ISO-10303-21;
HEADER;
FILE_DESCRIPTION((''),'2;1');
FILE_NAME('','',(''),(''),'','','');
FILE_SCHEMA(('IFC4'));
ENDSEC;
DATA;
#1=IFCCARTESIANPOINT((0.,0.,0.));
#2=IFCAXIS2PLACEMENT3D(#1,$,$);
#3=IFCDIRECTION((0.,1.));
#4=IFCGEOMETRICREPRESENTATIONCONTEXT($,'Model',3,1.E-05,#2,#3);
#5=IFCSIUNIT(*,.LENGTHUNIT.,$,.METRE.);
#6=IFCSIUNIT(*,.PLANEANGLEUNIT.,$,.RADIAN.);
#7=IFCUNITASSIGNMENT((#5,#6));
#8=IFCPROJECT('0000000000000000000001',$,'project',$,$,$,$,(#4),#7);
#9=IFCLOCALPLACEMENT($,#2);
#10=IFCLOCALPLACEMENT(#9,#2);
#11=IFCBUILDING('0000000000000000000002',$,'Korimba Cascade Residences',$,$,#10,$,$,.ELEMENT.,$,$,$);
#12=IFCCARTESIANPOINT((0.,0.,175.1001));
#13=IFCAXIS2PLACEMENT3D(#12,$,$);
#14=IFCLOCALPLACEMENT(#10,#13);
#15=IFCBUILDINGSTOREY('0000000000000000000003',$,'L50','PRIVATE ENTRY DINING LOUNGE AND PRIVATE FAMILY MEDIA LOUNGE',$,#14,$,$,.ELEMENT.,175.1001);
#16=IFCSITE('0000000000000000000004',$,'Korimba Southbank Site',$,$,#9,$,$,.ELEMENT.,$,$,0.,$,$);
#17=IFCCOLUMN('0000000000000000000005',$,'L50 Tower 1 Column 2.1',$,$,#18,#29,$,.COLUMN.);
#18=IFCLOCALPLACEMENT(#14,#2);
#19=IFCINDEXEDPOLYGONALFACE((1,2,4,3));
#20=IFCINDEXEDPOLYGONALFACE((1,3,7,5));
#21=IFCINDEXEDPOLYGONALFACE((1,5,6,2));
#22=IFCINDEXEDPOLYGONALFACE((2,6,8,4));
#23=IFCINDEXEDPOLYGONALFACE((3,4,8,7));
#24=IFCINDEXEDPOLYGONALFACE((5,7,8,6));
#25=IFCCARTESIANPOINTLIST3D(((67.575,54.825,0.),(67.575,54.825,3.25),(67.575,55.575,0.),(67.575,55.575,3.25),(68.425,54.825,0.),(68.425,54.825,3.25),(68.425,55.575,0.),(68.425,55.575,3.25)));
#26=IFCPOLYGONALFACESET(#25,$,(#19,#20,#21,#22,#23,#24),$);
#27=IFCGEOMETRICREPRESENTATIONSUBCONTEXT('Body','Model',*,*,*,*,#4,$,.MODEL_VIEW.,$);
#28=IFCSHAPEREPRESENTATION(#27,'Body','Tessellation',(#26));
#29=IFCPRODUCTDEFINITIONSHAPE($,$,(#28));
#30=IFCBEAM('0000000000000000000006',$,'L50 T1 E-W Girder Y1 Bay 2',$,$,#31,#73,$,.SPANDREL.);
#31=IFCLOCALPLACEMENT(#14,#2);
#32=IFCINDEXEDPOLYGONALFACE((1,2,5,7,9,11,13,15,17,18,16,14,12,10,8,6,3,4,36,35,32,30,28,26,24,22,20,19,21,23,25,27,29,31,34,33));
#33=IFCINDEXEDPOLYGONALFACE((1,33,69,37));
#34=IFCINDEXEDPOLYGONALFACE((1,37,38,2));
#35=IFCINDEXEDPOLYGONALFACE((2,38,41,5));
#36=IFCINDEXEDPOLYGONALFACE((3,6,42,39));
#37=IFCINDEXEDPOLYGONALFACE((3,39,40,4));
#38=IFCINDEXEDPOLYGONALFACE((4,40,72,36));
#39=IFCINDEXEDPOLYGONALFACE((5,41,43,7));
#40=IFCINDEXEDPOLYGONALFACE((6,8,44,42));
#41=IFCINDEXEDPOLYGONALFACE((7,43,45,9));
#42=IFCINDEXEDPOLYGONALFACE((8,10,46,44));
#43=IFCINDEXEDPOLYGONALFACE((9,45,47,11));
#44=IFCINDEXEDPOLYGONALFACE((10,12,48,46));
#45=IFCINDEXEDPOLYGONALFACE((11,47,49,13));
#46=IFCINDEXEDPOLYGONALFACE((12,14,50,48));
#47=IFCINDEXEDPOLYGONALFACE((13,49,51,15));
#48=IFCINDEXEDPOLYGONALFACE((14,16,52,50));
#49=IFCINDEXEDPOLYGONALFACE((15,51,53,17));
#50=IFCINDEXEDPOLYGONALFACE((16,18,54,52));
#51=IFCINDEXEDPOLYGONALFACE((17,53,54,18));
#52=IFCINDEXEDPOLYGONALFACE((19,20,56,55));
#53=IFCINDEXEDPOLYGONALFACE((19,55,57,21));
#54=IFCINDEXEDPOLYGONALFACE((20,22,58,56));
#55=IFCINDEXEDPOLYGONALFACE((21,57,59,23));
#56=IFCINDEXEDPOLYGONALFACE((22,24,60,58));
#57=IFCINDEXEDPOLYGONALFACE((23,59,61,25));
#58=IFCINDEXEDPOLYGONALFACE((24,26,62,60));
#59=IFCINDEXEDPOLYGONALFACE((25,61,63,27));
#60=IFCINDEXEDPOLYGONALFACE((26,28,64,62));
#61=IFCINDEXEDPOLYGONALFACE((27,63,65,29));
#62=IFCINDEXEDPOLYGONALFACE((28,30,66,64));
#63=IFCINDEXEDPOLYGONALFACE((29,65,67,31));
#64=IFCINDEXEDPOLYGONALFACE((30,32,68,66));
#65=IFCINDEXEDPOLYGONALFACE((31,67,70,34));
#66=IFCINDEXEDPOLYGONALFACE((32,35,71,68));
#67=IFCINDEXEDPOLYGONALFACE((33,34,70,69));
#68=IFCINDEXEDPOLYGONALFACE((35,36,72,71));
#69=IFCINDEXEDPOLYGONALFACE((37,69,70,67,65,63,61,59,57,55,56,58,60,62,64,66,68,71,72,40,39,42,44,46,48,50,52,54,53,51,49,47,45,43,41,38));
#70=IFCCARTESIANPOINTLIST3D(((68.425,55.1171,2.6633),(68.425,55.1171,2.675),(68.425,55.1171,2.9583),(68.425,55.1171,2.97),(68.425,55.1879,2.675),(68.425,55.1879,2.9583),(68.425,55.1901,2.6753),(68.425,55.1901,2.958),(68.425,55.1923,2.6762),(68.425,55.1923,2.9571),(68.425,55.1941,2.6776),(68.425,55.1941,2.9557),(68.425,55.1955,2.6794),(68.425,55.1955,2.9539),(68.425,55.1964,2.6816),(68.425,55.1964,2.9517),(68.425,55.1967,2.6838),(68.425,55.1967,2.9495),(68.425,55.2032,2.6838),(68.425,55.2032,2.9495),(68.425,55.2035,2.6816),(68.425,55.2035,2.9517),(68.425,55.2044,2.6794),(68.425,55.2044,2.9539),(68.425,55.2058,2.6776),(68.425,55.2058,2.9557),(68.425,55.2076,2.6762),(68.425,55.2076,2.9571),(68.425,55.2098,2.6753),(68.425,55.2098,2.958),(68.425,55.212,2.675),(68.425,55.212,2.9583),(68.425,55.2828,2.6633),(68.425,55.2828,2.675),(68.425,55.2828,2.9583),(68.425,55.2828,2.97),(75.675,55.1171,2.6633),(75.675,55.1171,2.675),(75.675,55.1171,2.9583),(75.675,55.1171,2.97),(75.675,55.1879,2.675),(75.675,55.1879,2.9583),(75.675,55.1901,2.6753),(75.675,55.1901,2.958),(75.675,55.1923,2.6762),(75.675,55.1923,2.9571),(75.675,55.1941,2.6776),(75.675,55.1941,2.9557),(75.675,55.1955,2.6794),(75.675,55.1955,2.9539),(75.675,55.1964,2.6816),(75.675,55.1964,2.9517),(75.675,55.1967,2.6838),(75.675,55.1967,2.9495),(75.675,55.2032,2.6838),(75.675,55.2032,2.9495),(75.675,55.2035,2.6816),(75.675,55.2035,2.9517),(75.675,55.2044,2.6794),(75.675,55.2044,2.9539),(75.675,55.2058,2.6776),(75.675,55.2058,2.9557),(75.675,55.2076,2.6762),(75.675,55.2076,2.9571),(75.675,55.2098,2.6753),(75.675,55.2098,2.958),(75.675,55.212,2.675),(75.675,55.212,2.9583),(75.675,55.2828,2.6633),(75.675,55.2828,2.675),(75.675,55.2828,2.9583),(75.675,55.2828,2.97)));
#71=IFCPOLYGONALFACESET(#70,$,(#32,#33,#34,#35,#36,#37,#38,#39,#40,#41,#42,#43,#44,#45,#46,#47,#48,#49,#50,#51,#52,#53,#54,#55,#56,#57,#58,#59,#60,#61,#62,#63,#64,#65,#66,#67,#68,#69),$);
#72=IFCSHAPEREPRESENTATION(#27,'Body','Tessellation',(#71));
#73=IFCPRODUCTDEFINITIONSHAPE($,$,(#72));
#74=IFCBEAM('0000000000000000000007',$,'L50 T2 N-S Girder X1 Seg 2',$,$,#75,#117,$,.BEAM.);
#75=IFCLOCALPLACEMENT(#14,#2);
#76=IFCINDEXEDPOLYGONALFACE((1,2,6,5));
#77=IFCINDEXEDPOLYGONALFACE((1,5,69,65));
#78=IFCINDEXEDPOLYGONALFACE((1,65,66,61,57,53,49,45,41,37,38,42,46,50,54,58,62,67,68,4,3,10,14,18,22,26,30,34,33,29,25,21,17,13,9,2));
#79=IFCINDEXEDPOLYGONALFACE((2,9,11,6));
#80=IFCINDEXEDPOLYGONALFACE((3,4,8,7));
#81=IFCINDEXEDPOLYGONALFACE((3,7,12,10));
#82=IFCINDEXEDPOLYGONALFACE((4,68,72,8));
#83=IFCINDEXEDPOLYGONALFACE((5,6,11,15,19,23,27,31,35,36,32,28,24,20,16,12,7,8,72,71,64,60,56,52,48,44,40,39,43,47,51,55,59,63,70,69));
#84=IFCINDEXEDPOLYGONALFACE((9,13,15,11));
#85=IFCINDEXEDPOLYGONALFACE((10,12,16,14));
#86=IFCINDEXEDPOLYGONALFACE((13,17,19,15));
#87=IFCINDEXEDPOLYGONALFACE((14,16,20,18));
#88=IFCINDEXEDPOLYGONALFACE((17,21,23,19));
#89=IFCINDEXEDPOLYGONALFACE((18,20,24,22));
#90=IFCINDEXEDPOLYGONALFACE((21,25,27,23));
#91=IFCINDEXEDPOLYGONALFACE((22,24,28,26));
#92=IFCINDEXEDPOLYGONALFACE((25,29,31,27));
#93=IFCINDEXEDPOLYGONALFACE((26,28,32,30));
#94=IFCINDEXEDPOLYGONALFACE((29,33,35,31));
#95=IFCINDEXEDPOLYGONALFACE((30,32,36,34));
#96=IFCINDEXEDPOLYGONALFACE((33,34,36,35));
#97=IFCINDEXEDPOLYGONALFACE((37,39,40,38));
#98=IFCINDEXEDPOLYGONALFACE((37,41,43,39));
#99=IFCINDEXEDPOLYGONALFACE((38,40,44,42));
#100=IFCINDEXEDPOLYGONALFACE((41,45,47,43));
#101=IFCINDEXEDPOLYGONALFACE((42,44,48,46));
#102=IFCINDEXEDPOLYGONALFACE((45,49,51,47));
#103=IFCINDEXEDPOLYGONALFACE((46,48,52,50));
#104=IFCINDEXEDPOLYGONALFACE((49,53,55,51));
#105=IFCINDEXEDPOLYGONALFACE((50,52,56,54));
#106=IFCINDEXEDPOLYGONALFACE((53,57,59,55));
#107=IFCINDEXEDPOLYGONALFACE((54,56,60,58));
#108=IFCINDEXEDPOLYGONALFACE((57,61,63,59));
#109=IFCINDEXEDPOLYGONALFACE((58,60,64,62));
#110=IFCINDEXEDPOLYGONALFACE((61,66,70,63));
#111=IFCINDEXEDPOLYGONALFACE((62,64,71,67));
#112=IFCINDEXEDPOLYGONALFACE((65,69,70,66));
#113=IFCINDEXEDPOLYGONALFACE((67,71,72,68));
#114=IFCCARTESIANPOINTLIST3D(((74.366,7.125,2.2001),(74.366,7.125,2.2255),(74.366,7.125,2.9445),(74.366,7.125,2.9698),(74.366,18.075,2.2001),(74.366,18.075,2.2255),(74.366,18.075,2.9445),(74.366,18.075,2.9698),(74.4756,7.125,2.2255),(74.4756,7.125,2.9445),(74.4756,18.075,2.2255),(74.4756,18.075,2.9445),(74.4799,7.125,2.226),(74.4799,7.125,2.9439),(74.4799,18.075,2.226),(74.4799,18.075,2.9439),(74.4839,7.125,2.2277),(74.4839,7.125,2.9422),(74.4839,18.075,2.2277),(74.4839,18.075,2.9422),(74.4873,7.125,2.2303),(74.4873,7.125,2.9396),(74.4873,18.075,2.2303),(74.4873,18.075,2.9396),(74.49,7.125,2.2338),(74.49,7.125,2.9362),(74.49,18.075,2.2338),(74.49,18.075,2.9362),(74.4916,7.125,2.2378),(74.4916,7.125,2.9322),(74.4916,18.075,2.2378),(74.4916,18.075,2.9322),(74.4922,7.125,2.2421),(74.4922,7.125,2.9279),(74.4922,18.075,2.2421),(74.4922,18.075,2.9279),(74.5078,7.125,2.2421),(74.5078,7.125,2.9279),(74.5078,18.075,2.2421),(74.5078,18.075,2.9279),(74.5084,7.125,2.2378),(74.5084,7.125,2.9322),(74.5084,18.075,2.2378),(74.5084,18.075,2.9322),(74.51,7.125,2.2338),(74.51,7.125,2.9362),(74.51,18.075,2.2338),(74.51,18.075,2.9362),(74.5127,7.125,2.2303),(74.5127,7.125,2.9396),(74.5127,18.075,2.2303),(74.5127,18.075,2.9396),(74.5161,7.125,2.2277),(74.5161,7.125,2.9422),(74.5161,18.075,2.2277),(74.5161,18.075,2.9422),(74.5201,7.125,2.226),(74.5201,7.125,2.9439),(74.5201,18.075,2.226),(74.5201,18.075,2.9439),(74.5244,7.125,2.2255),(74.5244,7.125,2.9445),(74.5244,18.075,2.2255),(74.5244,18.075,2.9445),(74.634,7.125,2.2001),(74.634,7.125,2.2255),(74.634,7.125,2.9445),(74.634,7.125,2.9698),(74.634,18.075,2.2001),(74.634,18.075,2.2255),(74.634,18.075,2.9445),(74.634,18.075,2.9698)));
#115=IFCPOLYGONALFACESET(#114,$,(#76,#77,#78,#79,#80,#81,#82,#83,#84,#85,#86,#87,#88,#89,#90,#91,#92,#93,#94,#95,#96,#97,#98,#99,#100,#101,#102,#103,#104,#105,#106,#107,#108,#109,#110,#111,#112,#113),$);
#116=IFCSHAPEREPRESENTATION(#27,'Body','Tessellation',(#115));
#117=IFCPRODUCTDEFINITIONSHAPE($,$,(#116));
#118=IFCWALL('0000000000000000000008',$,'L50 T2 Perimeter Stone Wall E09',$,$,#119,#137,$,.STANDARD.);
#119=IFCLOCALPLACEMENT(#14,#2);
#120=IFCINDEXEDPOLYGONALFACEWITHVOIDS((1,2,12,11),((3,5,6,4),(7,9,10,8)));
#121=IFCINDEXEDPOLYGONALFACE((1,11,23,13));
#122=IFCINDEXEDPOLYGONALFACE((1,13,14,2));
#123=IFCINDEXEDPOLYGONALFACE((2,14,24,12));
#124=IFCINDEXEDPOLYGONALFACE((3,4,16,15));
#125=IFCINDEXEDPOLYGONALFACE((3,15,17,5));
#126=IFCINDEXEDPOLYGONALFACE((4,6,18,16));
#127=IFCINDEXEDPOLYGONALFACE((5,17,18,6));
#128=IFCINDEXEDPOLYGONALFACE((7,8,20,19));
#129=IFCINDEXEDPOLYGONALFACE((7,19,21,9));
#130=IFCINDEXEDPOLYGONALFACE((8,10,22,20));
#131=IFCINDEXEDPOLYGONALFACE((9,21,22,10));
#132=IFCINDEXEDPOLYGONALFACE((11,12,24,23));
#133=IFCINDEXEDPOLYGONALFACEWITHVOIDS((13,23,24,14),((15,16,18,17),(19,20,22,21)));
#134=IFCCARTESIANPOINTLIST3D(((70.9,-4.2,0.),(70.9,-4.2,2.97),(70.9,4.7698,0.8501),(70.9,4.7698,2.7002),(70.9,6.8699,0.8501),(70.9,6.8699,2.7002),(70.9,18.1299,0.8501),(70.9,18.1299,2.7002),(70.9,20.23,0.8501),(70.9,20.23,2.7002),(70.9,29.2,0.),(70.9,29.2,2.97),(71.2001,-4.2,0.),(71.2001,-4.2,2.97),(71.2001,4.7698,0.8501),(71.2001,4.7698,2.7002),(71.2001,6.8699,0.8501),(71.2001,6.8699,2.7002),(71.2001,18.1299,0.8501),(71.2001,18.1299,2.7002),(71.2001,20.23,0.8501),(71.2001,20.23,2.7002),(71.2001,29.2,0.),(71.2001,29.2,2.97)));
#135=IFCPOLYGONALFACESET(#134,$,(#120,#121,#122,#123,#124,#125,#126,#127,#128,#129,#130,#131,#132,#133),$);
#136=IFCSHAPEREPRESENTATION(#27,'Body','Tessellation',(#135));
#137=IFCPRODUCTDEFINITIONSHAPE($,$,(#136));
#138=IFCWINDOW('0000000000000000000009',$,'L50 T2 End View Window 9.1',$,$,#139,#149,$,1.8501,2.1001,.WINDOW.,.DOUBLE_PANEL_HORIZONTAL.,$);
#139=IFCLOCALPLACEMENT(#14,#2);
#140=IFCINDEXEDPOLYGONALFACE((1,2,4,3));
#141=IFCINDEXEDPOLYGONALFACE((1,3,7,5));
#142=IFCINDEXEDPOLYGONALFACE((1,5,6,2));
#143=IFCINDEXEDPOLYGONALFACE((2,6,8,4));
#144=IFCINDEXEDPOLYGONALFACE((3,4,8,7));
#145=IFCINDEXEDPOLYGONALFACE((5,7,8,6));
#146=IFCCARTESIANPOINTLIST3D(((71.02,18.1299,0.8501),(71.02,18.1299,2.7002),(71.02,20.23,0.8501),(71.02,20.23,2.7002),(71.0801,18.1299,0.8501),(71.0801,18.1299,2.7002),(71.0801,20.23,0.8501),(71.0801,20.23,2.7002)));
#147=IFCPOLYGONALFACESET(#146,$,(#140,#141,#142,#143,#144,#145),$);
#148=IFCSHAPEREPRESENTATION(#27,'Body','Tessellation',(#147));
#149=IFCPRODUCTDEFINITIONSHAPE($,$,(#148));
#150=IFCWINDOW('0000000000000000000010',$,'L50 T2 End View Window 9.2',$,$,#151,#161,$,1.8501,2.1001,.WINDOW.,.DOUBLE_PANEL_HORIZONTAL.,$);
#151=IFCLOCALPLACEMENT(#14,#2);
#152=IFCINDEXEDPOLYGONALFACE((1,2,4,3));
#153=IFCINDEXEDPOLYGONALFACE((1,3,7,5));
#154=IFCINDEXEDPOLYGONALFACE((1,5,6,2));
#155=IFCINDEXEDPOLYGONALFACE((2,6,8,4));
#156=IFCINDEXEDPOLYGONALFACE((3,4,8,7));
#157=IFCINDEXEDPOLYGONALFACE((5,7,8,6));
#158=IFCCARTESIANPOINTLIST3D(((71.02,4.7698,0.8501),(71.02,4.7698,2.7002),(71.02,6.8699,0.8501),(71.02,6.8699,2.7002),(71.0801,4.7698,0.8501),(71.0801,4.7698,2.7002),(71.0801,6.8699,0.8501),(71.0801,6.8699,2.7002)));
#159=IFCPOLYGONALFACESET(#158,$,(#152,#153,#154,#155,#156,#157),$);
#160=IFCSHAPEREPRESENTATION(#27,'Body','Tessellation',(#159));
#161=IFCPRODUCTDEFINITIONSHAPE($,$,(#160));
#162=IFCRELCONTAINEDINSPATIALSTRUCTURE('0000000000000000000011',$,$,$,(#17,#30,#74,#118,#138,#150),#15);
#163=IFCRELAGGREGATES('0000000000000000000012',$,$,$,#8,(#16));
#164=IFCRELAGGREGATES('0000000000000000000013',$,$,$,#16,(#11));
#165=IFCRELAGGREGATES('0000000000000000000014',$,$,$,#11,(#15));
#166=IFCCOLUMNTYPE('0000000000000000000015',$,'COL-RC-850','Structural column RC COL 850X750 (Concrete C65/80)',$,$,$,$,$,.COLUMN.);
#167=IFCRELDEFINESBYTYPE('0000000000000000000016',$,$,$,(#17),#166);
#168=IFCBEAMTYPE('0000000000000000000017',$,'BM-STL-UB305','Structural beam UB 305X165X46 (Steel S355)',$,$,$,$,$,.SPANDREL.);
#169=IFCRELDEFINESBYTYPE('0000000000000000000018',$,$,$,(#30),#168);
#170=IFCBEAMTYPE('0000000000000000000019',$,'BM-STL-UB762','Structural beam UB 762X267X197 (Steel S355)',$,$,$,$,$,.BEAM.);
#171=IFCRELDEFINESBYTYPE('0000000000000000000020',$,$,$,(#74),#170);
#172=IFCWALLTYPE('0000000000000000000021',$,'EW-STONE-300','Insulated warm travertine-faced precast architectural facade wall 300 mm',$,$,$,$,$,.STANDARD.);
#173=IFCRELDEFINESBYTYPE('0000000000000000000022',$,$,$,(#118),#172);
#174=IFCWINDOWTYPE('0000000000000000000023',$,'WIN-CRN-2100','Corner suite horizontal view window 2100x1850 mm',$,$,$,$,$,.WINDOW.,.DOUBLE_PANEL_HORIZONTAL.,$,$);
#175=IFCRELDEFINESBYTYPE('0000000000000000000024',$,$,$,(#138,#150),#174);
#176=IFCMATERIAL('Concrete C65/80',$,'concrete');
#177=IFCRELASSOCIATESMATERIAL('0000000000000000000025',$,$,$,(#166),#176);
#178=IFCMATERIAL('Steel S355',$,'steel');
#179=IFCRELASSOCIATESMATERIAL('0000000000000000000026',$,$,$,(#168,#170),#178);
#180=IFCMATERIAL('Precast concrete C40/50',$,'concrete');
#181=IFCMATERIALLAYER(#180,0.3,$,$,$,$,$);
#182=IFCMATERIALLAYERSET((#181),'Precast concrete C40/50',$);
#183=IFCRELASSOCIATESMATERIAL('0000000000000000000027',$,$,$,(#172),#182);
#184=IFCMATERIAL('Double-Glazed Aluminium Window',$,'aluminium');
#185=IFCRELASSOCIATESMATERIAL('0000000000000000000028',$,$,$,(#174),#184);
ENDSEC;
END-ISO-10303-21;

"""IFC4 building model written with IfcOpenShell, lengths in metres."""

from ifc_helpers import new_model, si_unit, direction, frame, frame_2d, origin, origin_2d, place, context, subcontext, project, spatial, rectangle, i_section, extrude, material, layer, layer_set, material_profile, profile_set, type_object, element, fill, save


model = new_model("IFC4")

# Units and contexts
model_context = context("Model", 3, precision=1e-05, world=origin(), true_north=direction((0.0, 1.0)))
body_context = subcontext(model_context, "Body", "Model", "MODEL_VIEW")
ifc_project = project(units=[si_unit("LENGTHUNIT", "METRE"), si_unit("PLANEANGLEUNIT", "RADIAN")], contexts=[model_context])

# Site, building, storey
site_placement = place(None, origin())
site = spatial("IfcSite", under=ifc_project, at=site_placement, Name="Korimba Southbank Site", CompositionType="ELEMENT", RefElevation=0.0)
building_placement = place(site_placement, origin())
building = spatial("IfcBuilding", under=site, at=building_placement, Name="Korimba Cascade Residences", CompositionType="ELEMENT")
storey_placement = place(building_placement, frame((0.0, 0.0, 175.1001)))
storey = spatial("IfcBuildingStorey", under=building, at=storey_placement, Name="L50", Description="PRIVATE ENTRY DINING LOUNGE AND PRIVATE FAMILY MEDIA LOUNGE", CompositionType="ELEMENT", Elevation=175.1001)

# Column
ifc_material_1 = material(Name="Concrete C65/80", Category="concrete")
ifc_material_profile_1 = material_profile(ifc_material_1, rectangle(XDim=0.8501, YDim=0.75, at=origin_2d()), Name="Concrete C65/80")
ifc_profile_set_1 = profile_set([ifc_material_profile_1], Name="Concrete C65/80")
column_type = type_object("IfcColumnType", Name="COL-RC-850", Description="Structural column RC COL 850X750 (Concrete C65/80)", PredefinedType="COLUMN", material=ifc_profile_set_1)
column_placement = place(storey_placement, frame((68.0, 55.2, 0.0), z_axis=(0.0, 0.0, 1.0), x_axis=(1.0, 0.0, 0.0)))
element("IfcColumn", 1, at=column_placement, inside=storey, type_object=column_type, Name="L50 Tower 1 Column 2.1", PredefinedType="COLUMN", context=body_context, shape_type="SweptSolid", body=[
    extrude(rectangle(XDim=0.8501, YDim=0.75, at=origin_2d()), origin(), (0.0, 0.0, 1.0), 3.25),
])

# Beams
ifc_material_2 = material(Name="Steel S355", Category="steel")
ifc_material_profile_2 = material_profile(ifc_material_2, i_section(OverallWidth=0.1658, OverallDepth=0.3066, WebThickness=0.0066, FlangeThickness=0.0117, FilletRadius=0.0088, at=origin_2d()), Name="Steel S355")
ifc_profile_set_2 = profile_set([ifc_material_profile_2], Name="Steel S355")
beam_type_1 = type_object("IfcBeamType", Name="BM-STL-UB305", Description="Structural beam UB 305X165X46 (Steel S355)", PredefinedType="SPANDREL", material=ifc_profile_set_2)
beam_1_placement = place(storey_placement, frame((68.425, 55.2, 2.8167), z_axis=(1.0, 0.0, 0.0), x_axis=(0.0, 1.0, 0.0)))
element("IfcBeam", 2, at=beam_1_placement, inside=storey, type_object=beam_type_1, Name="L50 T1 E-W Girder Y1 Bay 2", PredefinedType="SPANDREL", context=body_context, shape_type="SweptSolid", body=[
    extrude(i_section(OverallWidth=0.1658, OverallDepth=0.3066, WebThickness=0.0066, FlangeThickness=0.0117, FilletRadius=0.0088, at=origin_2d()), origin(), (0.0, 0.0, 1.0), 7.25),
])
ifc_material_profile_3 = material_profile(ifc_material_2, i_section(OverallWidth=0.2681, OverallDepth=0.7698, WebThickness=0.0156, FlangeThickness=0.0254, FilletRadius=0.0166, at=origin_2d()), Name="Steel S355")
ifc_profile_set_3 = profile_set([ifc_material_profile_3], Name="Steel S355")
beam_type_2 = type_object("IfcBeamType", Name="BM-STL-UB762", Description="Structural beam UB 762X267X197 (Steel S355)", PredefinedType="BEAM", material=ifc_profile_set_3)
beam_2_placement = place(storey_placement, frame((74.5, 7.125, 2.585), z_axis=(0.0, 1.0, 0.0), x_axis=(-1.0, 0.0, 0.0)))
element("IfcBeam", 3, at=beam_2_placement, inside=storey, type_object=beam_type_2, Name="L50 T2 N-S Girder X1 Seg 2", PredefinedType="BEAM", context=body_context, shape_type="SweptSolid", body=[
    extrude(i_section(OverallWidth=0.2681, OverallDepth=0.7698, WebThickness=0.0156, FlangeThickness=0.0254, FilletRadius=0.0166, at=origin_2d()), origin(), (0.0, 0.0, 1.0), 10.95),
])

# Wall, openings, windows
ifc_material_3 = material(Name="Precast concrete C40/50", Category="concrete")
ifc_layer_1 = layer(ifc_material_3, 0.3)
ifc_layer_set_1 = layer_set([ifc_layer_1], Name="Precast concrete C40/50")
wall_type_1 = type_object("IfcWallType", Name="EW-STONE-300", Description="Insulated warm travertine-faced precast architectural facade wall 300 mm", PredefinedType="STANDARD", material=ifc_layer_set_1)
wall_1_placement = place(storey_placement, frame((71.05, 29.2, 0.0), z_axis=(0.0, 0.0, 1.0), x_axis=(0.0, -1.0, 0.0)))
wall_1 = element("IfcWall", 4, at=wall_1_placement, inside=storey, type_object=wall_type_1, Name="L50 T2 Perimeter Stone Wall E09", PredefinedType="STANDARD", context=body_context, shape_type="SweptSolid", body=[
    extrude(rectangle(XDim=33.3999, YDim=0.3, at=frame_2d((16.7, 0.0))), origin(), (0.0, 0.0, 1.0), 2.97),
])
opening_1_placement = place(wall_1_placement, frame((8.97, 0.0, 0.8501)))
opening_1 = element("IfcOpeningElement", 5, at=opening_1_placement, cuts=wall_1, PredefinedType="OPENING", context=body_context, shape_type="SweptSolid", body=[
    extrude(rectangle(XDim=2.1001, YDim=1.8501, at=frame_2d((1.05, 0.925))), frame((0.0, 0.1602, 0.0), z_axis=(0.0, -1.0, 0.0), x_axis=(1.0, 0.0, 0.0)), (0.0, 0.0, 1.0), 0.3201),
])
opening_2_placement = place(wall_1_placement, frame((22.3301, 0.0, 0.8501)))
opening_2 = element("IfcOpeningElement", 6, at=opening_2_placement, cuts=wall_1, PredefinedType="OPENING", context=body_context, shape_type="SweptSolid", body=[
    extrude(rectangle(XDim=2.1001, YDim=1.8501, at=frame_2d((1.05, 0.925))), frame((0.0, 0.1602, 0.0), z_axis=(0.0, -1.0, 0.0), x_axis=(1.0, 0.0, 0.0)), (0.0, 0.0, 1.0), 0.3201),
])
ifc_material_4 = material(Name="Double-Glazed Aluminium Window", Category="aluminium")
window_type = type_object("IfcWindowType", Name="WIN-CRN-2100", Description="Corner suite horizontal view window 2100x1850 mm", PartitioningType="DOUBLE_PANEL_HORIZONTAL", PredefinedType="WINDOW", material=ifc_material_4)
window_1_placement = place(opening_1_placement, origin())
window_1 = element("IfcWindow", 7, at=window_1_placement, inside=storey, type_object=window_type, Name="L50 T2 End View Window 9.1", OverallHeight=1.8501, OverallWidth=2.1001, PartitioningType="DOUBLE_PANEL_HORIZONTAL", PredefinedType="WINDOW", context=body_context, shape_type="SweptSolid", body=[
    extrude(rectangle(XDim=2.1001, YDim=1.8501, at=frame_2d((1.05, 0.925))), frame((0.0, 0.03, 0.0), z_axis=(0.0, -1.0, 0.0), x_axis=(1.0, 0.0, 0.0)), (0.0, 0.0, 1.0), 0.0601),
])
fill(opening_1, window_1)
window_2_placement = place(opening_2_placement, origin())
window_2 = element("IfcWindow", 8, at=window_2_placement, inside=storey, type_object=window_type, Name="L50 T2 End View Window 9.2", OverallHeight=1.8501, OverallWidth=2.1001, PartitioningType="DOUBLE_PANEL_HORIZONTAL", PredefinedType="WINDOW", context=body_context, shape_type="SweptSolid", body=[
    extrude(rectangle(XDim=2.1001, YDim=1.8501, at=frame_2d((1.05, 0.925))), frame((0.0, 0.03, 0.0), z_axis=(0.0, -1.0, 0.0), x_axis=(1.0, 0.0, 0.0)), (0.0, 0.0, 1.0), 0.0601),
])
fill(opening_2, window_2)

save(model, "model.ifc")
